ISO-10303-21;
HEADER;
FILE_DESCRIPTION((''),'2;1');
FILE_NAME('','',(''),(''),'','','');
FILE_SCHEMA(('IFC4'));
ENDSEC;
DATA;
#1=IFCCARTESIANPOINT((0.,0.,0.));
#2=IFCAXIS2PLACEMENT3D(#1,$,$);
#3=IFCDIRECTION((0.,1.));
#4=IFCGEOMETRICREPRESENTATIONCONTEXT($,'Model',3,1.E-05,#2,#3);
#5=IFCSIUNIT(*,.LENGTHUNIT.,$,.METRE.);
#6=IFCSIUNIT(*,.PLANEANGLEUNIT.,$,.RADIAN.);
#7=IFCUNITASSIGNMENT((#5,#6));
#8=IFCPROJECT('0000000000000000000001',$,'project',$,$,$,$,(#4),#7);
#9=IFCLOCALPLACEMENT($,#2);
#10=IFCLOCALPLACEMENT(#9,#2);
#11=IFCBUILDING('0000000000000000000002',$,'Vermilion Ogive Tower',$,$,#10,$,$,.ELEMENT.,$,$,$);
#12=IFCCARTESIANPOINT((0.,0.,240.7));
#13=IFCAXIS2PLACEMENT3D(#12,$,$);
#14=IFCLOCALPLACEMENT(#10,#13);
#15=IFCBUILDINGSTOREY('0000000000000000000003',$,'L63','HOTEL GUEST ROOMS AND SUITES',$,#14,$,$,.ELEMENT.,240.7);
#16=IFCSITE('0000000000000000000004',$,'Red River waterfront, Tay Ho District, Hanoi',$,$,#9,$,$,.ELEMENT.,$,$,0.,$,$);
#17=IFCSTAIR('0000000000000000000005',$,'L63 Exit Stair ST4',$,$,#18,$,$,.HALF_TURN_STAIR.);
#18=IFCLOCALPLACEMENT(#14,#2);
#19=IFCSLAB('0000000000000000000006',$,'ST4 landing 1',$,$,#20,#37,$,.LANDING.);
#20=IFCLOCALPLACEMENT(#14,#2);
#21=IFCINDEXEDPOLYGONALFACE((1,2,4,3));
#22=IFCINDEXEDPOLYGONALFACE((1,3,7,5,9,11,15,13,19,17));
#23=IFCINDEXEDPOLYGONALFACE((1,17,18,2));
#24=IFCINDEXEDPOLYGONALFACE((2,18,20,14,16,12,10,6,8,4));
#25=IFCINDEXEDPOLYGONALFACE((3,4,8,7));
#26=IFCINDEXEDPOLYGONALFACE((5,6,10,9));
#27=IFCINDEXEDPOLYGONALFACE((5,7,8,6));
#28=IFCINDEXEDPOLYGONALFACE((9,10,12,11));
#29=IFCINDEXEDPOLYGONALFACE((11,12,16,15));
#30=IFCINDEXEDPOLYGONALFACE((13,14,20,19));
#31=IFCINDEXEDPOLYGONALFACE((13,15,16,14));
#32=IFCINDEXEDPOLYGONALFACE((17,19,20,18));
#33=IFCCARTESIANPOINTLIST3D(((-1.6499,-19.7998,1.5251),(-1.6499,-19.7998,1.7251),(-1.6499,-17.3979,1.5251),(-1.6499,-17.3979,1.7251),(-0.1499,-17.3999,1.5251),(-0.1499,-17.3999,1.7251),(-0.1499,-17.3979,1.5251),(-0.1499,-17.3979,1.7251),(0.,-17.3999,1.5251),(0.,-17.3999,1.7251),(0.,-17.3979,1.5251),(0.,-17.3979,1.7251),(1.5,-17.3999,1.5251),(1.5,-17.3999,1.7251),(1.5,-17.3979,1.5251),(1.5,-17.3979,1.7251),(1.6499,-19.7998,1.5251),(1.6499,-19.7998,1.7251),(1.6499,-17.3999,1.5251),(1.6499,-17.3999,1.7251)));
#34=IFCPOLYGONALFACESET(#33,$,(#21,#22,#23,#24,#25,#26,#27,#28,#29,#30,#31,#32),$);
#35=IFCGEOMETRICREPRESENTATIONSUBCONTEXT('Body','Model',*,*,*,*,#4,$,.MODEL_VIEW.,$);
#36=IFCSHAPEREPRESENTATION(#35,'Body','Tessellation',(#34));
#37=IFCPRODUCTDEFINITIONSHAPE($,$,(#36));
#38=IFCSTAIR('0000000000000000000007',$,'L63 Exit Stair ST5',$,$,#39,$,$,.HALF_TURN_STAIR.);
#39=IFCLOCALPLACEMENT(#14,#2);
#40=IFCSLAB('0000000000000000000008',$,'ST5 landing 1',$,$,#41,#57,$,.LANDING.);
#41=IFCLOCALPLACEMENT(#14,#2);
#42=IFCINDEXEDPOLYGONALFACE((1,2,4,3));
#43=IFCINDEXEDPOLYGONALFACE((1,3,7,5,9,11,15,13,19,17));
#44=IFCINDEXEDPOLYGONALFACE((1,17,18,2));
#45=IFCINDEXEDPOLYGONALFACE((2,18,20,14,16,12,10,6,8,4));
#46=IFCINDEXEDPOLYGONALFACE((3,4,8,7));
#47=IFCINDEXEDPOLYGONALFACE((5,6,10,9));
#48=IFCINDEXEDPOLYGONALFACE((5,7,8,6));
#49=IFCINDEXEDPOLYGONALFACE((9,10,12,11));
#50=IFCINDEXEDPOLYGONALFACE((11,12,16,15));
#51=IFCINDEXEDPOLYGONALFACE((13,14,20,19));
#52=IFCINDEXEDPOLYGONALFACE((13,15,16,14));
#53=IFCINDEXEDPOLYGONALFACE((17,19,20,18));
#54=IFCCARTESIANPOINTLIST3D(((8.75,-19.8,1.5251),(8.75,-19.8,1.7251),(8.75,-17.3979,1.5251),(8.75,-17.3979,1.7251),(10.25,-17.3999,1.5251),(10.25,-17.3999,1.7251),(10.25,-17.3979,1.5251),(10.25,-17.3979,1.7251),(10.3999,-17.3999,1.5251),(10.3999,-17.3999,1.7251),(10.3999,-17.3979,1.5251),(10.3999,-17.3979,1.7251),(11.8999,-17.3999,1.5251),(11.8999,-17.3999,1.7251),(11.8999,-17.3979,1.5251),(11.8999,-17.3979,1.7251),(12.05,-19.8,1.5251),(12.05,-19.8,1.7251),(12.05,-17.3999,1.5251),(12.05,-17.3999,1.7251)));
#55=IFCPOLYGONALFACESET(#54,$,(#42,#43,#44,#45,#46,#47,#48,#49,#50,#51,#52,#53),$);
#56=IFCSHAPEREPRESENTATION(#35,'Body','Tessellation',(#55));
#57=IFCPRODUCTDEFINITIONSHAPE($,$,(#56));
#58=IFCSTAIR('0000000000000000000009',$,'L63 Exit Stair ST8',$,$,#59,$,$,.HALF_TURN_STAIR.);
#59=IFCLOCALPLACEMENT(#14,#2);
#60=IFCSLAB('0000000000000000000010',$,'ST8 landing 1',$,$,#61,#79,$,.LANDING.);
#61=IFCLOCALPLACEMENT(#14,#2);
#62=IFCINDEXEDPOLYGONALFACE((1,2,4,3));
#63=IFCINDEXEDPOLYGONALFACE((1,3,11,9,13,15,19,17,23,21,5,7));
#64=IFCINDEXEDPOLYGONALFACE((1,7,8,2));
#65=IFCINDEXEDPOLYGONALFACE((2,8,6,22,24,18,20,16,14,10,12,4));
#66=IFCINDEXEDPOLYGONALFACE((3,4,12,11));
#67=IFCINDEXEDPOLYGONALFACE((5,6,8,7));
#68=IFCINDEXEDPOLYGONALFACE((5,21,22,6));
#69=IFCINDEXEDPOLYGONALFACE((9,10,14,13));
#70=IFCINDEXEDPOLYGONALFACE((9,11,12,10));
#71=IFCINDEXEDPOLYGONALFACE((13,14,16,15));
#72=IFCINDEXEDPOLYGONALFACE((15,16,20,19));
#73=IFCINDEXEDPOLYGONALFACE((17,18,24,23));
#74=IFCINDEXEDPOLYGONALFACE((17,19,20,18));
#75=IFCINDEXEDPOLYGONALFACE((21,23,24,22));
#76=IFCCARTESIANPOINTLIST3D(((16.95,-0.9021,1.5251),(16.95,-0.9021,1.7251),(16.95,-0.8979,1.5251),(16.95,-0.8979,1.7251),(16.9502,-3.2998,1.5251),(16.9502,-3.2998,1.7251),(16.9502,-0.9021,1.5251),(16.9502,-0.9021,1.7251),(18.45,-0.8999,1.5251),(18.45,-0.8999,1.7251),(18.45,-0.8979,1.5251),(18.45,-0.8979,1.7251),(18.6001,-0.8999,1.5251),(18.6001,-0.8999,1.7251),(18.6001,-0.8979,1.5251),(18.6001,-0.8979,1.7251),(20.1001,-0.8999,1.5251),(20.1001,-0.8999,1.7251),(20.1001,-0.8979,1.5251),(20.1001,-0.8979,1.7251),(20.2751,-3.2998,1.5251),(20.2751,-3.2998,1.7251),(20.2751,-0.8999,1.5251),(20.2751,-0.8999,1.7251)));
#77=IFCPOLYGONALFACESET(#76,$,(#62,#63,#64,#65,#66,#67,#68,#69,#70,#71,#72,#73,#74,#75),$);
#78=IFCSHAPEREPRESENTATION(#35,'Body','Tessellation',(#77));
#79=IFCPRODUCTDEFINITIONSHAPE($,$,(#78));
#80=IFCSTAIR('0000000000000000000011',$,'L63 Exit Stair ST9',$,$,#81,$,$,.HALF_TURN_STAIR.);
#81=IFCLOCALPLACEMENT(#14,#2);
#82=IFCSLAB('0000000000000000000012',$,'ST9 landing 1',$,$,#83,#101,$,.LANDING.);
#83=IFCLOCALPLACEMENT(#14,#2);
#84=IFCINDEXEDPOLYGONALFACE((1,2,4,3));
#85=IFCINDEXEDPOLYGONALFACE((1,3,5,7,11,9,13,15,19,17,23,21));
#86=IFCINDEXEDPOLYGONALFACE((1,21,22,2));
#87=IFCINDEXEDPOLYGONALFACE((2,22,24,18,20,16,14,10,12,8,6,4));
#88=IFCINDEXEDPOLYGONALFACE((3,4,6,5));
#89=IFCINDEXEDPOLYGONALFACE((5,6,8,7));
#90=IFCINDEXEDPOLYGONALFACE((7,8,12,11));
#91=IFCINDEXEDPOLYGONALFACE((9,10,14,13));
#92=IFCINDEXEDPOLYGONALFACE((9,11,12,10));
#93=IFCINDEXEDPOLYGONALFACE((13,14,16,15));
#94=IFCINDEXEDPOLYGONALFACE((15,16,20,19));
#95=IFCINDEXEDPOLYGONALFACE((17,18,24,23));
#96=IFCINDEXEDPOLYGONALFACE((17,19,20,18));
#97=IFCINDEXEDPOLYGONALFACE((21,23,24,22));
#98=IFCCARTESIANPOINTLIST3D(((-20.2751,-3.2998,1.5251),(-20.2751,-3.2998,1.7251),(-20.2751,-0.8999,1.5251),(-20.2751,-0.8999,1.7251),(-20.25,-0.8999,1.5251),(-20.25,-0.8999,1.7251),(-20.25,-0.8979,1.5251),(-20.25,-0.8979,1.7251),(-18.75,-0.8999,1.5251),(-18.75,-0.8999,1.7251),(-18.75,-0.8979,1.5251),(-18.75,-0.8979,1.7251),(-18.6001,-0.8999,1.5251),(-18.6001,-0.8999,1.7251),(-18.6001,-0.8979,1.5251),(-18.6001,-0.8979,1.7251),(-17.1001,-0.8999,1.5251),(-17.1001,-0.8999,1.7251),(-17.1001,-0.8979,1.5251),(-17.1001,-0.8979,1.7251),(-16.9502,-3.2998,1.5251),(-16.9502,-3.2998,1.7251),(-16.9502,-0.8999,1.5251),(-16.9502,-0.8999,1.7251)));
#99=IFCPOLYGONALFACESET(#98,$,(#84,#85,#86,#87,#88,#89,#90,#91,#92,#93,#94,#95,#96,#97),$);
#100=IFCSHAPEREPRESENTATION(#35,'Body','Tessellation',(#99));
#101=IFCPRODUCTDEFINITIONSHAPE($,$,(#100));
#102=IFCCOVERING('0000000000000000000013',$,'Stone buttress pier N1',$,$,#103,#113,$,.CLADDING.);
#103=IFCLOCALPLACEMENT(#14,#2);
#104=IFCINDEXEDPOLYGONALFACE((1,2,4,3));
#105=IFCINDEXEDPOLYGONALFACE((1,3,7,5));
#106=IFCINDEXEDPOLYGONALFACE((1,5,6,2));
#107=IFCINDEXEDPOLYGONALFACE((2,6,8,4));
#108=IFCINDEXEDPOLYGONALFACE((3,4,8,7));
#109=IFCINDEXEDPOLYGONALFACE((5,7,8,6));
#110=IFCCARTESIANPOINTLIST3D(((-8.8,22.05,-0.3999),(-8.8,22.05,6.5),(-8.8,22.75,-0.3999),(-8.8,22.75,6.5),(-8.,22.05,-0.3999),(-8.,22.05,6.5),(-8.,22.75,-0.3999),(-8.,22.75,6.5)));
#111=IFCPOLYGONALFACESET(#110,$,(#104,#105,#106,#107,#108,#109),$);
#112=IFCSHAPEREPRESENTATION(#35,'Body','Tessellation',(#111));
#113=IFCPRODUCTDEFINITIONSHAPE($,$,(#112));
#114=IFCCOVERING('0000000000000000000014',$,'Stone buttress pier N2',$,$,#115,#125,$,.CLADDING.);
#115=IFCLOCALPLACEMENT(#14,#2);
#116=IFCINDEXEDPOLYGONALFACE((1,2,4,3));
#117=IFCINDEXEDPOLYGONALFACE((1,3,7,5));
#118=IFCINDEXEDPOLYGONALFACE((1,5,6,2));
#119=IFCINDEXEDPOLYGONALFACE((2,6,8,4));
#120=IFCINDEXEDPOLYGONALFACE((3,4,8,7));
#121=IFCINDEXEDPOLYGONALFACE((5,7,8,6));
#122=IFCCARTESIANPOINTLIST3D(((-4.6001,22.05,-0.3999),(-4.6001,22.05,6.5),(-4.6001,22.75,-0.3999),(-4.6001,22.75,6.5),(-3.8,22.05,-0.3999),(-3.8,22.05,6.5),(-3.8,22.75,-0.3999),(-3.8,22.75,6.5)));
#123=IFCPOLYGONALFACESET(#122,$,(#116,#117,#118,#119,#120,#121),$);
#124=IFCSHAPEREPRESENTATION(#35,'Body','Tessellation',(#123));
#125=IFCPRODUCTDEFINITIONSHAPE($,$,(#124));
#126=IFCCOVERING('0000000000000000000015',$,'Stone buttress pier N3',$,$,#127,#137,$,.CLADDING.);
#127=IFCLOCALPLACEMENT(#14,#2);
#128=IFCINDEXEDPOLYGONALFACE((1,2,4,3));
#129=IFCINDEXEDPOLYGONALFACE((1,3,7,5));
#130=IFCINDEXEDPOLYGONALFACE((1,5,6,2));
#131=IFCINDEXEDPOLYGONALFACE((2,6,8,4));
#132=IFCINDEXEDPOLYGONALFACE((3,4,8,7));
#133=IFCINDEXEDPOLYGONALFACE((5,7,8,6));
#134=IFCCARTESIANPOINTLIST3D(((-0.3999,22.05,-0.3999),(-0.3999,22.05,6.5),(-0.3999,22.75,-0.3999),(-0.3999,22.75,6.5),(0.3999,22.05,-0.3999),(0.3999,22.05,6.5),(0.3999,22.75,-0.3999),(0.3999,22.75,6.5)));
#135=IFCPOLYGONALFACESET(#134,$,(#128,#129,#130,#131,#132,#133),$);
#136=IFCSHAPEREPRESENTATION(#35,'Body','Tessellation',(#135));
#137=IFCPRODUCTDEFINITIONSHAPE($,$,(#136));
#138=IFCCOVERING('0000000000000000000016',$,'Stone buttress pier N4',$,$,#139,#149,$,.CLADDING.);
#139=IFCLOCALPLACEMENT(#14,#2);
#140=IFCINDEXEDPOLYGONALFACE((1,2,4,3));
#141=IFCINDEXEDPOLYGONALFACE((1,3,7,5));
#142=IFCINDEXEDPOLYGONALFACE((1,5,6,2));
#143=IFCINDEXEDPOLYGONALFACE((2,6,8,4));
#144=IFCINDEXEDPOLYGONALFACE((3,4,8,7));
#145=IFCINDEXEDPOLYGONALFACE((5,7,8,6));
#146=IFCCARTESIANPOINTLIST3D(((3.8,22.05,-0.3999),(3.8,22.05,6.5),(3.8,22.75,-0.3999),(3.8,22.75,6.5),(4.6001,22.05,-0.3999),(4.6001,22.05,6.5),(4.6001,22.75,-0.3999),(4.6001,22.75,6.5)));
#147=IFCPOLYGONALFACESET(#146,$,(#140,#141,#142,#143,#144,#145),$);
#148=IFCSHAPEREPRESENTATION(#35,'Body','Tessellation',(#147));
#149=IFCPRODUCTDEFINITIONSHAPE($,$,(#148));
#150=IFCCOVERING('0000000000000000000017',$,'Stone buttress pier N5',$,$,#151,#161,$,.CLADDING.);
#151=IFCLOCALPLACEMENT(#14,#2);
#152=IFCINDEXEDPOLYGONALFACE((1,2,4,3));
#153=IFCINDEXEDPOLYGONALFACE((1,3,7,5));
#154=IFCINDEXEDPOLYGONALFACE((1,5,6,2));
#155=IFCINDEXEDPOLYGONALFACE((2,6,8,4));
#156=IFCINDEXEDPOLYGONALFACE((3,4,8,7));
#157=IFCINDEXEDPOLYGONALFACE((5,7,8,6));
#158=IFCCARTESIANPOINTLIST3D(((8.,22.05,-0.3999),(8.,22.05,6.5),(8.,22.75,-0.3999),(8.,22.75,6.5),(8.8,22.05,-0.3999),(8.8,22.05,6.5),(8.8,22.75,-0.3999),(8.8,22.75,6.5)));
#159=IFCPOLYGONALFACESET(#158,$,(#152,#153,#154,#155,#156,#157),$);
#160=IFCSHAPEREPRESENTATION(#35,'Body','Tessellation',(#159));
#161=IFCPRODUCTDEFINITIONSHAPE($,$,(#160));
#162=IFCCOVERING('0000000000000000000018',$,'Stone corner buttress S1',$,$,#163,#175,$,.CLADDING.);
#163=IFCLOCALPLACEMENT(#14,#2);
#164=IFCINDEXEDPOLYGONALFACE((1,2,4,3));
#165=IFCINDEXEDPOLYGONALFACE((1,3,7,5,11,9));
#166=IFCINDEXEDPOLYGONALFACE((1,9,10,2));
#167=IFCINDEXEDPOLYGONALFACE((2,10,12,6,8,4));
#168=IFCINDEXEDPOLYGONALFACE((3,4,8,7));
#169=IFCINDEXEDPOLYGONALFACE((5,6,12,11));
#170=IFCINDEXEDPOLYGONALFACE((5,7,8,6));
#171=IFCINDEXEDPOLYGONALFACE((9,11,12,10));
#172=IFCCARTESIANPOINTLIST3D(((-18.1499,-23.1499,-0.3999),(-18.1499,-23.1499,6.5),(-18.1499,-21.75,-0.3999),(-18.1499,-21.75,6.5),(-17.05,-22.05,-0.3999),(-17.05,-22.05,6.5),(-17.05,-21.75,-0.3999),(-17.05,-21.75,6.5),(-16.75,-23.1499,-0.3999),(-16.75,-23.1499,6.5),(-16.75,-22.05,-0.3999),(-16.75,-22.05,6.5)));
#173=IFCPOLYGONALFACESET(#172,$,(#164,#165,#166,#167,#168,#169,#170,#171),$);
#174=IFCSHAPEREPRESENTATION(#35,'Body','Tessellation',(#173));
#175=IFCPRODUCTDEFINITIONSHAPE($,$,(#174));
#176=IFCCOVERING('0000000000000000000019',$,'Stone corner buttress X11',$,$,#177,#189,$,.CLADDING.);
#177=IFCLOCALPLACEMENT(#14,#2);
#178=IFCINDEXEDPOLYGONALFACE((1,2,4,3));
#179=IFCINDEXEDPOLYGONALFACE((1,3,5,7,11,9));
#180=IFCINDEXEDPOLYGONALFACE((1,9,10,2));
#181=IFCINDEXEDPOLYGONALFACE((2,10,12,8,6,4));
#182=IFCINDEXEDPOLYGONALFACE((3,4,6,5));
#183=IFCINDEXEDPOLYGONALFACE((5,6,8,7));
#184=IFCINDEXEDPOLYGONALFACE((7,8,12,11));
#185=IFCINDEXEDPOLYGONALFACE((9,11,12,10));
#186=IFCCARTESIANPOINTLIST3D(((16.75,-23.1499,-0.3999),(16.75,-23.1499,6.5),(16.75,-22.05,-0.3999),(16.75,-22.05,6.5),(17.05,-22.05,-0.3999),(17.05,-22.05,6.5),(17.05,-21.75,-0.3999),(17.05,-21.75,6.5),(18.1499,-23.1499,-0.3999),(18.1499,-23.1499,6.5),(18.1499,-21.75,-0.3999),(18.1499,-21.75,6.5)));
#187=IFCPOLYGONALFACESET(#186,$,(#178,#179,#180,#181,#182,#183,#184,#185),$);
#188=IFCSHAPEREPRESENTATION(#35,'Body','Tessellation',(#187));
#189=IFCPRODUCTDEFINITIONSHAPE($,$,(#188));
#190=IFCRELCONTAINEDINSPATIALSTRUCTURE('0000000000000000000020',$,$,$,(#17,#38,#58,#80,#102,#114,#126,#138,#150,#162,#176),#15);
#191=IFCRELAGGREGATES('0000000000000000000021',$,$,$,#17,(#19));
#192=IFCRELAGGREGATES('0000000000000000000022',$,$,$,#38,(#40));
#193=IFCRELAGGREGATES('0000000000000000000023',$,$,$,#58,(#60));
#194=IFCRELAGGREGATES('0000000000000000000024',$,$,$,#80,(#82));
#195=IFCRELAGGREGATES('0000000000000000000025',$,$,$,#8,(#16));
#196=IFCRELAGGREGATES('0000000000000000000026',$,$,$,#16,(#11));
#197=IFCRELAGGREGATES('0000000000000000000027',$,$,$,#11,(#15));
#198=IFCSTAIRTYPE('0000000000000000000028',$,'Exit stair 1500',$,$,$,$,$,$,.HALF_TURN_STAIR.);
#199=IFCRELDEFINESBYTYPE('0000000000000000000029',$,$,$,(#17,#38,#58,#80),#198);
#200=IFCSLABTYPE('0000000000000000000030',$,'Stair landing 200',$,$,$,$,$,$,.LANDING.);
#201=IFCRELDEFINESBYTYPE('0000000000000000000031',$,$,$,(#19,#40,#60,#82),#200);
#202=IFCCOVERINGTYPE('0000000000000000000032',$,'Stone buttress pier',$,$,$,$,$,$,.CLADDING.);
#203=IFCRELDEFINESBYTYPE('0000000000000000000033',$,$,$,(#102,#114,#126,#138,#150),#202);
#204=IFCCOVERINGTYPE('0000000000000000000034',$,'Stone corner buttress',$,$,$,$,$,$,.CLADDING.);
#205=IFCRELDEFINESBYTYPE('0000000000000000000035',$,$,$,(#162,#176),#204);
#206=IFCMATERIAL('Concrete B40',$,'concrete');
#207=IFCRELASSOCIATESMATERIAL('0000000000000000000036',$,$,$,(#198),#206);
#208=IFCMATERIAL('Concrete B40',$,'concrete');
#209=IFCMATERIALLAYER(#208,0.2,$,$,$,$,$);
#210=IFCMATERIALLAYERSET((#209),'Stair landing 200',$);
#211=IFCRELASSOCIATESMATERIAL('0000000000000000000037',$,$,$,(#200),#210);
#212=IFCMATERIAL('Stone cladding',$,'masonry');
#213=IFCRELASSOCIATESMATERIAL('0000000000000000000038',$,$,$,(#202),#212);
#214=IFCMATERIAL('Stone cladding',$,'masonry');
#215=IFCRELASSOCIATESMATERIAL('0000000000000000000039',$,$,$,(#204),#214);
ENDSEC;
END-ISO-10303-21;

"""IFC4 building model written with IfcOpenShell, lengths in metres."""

from ifc_helpers import new_model, si_unit, direction, frame, origin, place, context, subcontext, project, spatial, polyline, outline, extrude, material, layer, layer_set, type_object, element, aggregate, save


model = new_model("IFC4")

# Units and contexts
model_context = context("Model", 3, precision=1e-05, world=origin(), true_north=direction((0.0, 1.0)))
body_context = subcontext(model_context, "Body", "Model", "MODEL_VIEW")
ifc_project = project(units=[si_unit("LENGTHUNIT", "METRE"), si_unit("PLANEANGLEUNIT", "RADIAN")], contexts=[model_context])

# Site, building, storey
site_placement = place(None, origin())
site = spatial("IfcSite", under=ifc_project, at=site_placement, Name="Red River waterfront, Tay Ho District, Hanoi", CompositionType="ELEMENT", RefElevation=0.0)
building_placement = place(site_placement, origin())
building = spatial("IfcBuilding", under=site, at=building_placement, Name="Vermilion Ogive Tower", CompositionType="ELEMENT")
storey_placement = place(building_placement, frame((0.0, 0.0, 240.7)))
storey = spatial("IfcBuildingStorey", under=building, at=storey_placement, Name="L63", Description="HOTEL GUEST ROOMS AND SUITES", CompositionType="ELEMENT", Elevation=240.7)

# Stairs, slabs
ifc_material_1 = material(Name="Concrete B40", Category="concrete")
stair_type = type_object("IfcStairType", Name="Exit stair 1500", PredefinedType="HALF_TURN_STAIR", material=ifc_material_1)
ifc_material_2 = material(Name="Concrete B40", Category="concrete")
ifc_layer_1 = layer(ifc_material_2, 0.2)
ifc_layer_set_1 = layer_set([ifc_layer_1], Name="Stair landing 200")
slab_type_1 = type_object("IfcSlabType", Name="Stair landing 200", PredefinedType="LANDING", material=ifc_layer_set_1)
stair_1_placement = place(storey_placement, origin())
stair_1 = element("IfcStair", 1, at=stair_1_placement, inside=storey, type_object=stair_type, Name="L63 Exit Stair ST4", PredefinedType="HALF_TURN_STAIR")
slab_1_placement = place(storey_placement, frame((0.0, 0.0, 1.5251)))
slab_1 = element("IfcSlab", 2, at=slab_1_placement, type_object=slab_type_1, Name="ST4 landing 1", PredefinedType="LANDING", context=body_context, shape_type="SweptSolid", body=[
    extrude(outline(polyline([(1.6499, -17.3999), (1.5, -17.3999), (1.5, -17.3979), (0.0, -17.3979), (0.0, -17.3999), (-0.1499, -17.3999), (-0.1499, -17.3979), (-1.6499, -17.3979), (-1.6499, -19.7998), (1.6499, -19.7998), (1.6499, -17.3999)])), origin(), (0.0, 0.0, 1.0), 0.2),
])
aggregate(stair_1, [slab_1])
stair_2_placement = place(storey_placement, origin())
stair_2 = element("IfcStair", 3, at=stair_2_placement, inside=storey, type_object=stair_type, Name="L63 Exit Stair ST5", PredefinedType="HALF_TURN_STAIR")
slab_2_placement = place(storey_placement, frame((0.0, 0.0, 1.5251)))
slab_2 = element("IfcSlab", 4, at=slab_2_placement, type_object=slab_type_1, Name="ST5 landing 1", PredefinedType="LANDING", context=body_context, shape_type="SweptSolid", body=[
    extrude(outline(polyline([(12.05, -17.3999), (11.8999, -17.3999), (11.8999, -17.3979), (10.3999, -17.3979), (10.3999, -17.3999), (10.25, -17.3999), (10.25, -17.3979), (8.75, -17.3979), (8.75, -19.8), (12.05, -19.8), (12.05, -17.3999)])), origin(), (0.0, 0.0, 1.0), 0.2),
])
aggregate(stair_2, [slab_2])
stair_3_placement = place(storey_placement, origin())
stair_3 = element("IfcStair", 5, at=stair_3_placement, inside=storey, type_object=stair_type, Name="L63 Exit Stair ST8", PredefinedType="HALF_TURN_STAIR")
slab_3_placement = place(storey_placement, frame((0.0, 0.0, 1.5251)))
slab_3 = element("IfcSlab", 6, at=slab_3_placement, type_object=slab_type_1, Name="ST8 landing 1", PredefinedType="LANDING", context=body_context, shape_type="SweptSolid", body=[
    extrude(outline(polyline([(20.2751, -0.8999), (20.1001, -0.8999), (20.1001, -0.8979), (18.6001, -0.8979), (18.6001, -0.8999), (18.45, -0.8999), (18.45, -0.8979), (16.95, -0.8979), (16.95, -0.9021), (16.9502, -0.9021), (16.9502, -3.2998), (20.2751, -3.2998), (20.2751, -0.8999)])), origin(), (0.0, 0.0, 1.0), 0.2),
])
aggregate(stair_3, [slab_3])
stair_4_placement = place(storey_placement, origin())
stair_4 = element("IfcStair", 7, at=stair_4_placement, inside=storey, type_object=stair_type, Name="L63 Exit Stair ST9", PredefinedType="HALF_TURN_STAIR")
slab_4_placement = place(storey_placement, frame((0.0, 0.0, 1.5251)))
slab_4 = element("IfcSlab", 8, at=slab_4_placement, type_object=slab_type_1, Name="ST9 landing 1", PredefinedType="LANDING", context=body_context, shape_type="SweptSolid", body=[
    extrude(outline(polyline([(-16.9502, -0.8999), (-17.1001, -0.8999), (-17.1001, -0.8979), (-18.6001, -0.8979), (-18.6001, -0.8999), (-18.75, -0.8999), (-18.75, -0.8979), (-20.25, -0.8979), (-20.25, -0.8999), (-20.2751, -0.8999), (-20.2751, -3.2998), (-16.9502, -3.2998), (-16.9502, -0.8999)])), origin(), (0.0, 0.0, 1.0), 0.2),
])
aggregate(stair_4, [slab_4])

# Coverings
ifc_material_3 = material(Name="Stone cladding", Category="masonry")
covering_type_1 = type_object("IfcCoveringType", Name="Stone buttress pier", PredefinedType="CLADDING", material=ifc_material_3)
covering_1_placement = place(storey_placement, frame((0.0, 0.0, -0.3999)))
element("IfcCovering", 9, at=covering_1_placement, inside=storey, type_object=covering_type_1, Name="Stone buttress pier N1", PredefinedType="CLADDING", context=body_context, shape_type="SweptSolid", body=[
    extrude(outline(polyline([(-8.0, 22.75), (-8.0, 22.05), (-8.8, 22.05), (-8.8, 22.75), (-8.0, 22.75)])), origin(), (0.0, 0.0, 1.0), 6.8999),
])
covering_2_placement = place(storey_placement, frame((0.0, 0.0, -0.3999)))
element("IfcCovering", 10, at=covering_2_placement, inside=storey, type_object=covering_type_1, Name="Stone buttress pier N2", PredefinedType="CLADDING", context=body_context, shape_type="SweptSolid", body=[
    extrude(outline(polyline([(-3.8, 22.75), (-3.8, 22.05), (-4.6001, 22.05), (-4.6001, 22.75), (-3.8, 22.75)])), origin(), (0.0, 0.0, 1.0), 6.8999),
])
covering_3_placement = place(storey_placement, frame((0.0, 0.0, -0.3999)))
element("IfcCovering", 11, at=covering_3_placement, inside=storey, type_object=covering_type_1, Name="Stone buttress pier N3", PredefinedType="CLADDING", context=body_context, shape_type="SweptSolid", body=[
    extrude(outline(polyline([(0.3999, 22.75), (0.3999, 22.05), (-0.3999, 22.05), (-0.3999, 22.75), (0.3999, 22.75)])), origin(), (0.0, 0.0, 1.0), 6.8999),
])
covering_4_placement = place(storey_placement, frame((0.0, 0.0, -0.3999)))
element("IfcCovering", 12, at=covering_4_placement, inside=storey, type_object=covering_type_1, Name="Stone buttress pier N4", PredefinedType="CLADDING", context=body_context, shape_type="SweptSolid", body=[
    extrude(outline(polyline([(4.6001, 22.75), (4.6001, 22.05), (3.8, 22.05), (3.8, 22.75), (4.6001, 22.75)])), origin(), (0.0, 0.0, 1.0), 6.8999),
])
covering_5_placement = place(storey_placement, frame((0.0, 0.0, -0.3999)))
element("IfcCovering", 13, at=covering_5_placement, inside=storey, type_object=covering_type_1, Name="Stone buttress pier N5", PredefinedType="CLADDING", context=body_context, shape_type="SweptSolid", body=[
    extrude(outline(polyline([(8.8, 22.75), (8.8, 22.05), (8.0, 22.05), (8.0, 22.75), (8.8, 22.75)])), origin(), (0.0, 0.0, 1.0), 6.8999),
])
ifc_material_4 = material(Name="Stone cladding", Category="masonry")
covering_type_2 = type_object("IfcCoveringType", Name="Stone corner buttress", PredefinedType="CLADDING", material=ifc_material_4)
covering_6_placement = place(storey_placement, frame((0.0, 0.0, -0.3999)))
element("IfcCovering", 14, at=covering_6_placement, inside=storey, type_object=covering_type_2, Name="Stone corner buttress S1", PredefinedType="CLADDING", context=body_context, shape_type="SweptSolid", body=[
    extrude(outline(polyline([(-17.05, -21.75), (-17.05, -22.05), (-16.75, -22.05), (-16.75, -23.1499), (-18.1499, -23.1499), (-18.1499, -21.75), (-17.05, -21.75)])), origin(), (0.0, 0.0, 1.0), 6.8999),
])
covering_7_placement = place(storey_placement, frame((0.0, 0.0, -0.3999)))
element("IfcCovering", 15, at=covering_7_placement, inside=storey, type_object=covering_type_2, Name="Stone corner buttress X11", PredefinedType="CLADDING", context=body_context, shape_type="SweptSolid", body=[
    extrude(outline(polyline([(16.75, -23.1499), (16.75, -22.05), (17.05, -22.05), (17.05, -21.75), (18.1499, -21.75), (18.1499, -23.1499), (16.75, -23.1499)])), origin(), (0.0, 0.0, 1.0), 6.8999),
])

save(model, "model.ifc")
